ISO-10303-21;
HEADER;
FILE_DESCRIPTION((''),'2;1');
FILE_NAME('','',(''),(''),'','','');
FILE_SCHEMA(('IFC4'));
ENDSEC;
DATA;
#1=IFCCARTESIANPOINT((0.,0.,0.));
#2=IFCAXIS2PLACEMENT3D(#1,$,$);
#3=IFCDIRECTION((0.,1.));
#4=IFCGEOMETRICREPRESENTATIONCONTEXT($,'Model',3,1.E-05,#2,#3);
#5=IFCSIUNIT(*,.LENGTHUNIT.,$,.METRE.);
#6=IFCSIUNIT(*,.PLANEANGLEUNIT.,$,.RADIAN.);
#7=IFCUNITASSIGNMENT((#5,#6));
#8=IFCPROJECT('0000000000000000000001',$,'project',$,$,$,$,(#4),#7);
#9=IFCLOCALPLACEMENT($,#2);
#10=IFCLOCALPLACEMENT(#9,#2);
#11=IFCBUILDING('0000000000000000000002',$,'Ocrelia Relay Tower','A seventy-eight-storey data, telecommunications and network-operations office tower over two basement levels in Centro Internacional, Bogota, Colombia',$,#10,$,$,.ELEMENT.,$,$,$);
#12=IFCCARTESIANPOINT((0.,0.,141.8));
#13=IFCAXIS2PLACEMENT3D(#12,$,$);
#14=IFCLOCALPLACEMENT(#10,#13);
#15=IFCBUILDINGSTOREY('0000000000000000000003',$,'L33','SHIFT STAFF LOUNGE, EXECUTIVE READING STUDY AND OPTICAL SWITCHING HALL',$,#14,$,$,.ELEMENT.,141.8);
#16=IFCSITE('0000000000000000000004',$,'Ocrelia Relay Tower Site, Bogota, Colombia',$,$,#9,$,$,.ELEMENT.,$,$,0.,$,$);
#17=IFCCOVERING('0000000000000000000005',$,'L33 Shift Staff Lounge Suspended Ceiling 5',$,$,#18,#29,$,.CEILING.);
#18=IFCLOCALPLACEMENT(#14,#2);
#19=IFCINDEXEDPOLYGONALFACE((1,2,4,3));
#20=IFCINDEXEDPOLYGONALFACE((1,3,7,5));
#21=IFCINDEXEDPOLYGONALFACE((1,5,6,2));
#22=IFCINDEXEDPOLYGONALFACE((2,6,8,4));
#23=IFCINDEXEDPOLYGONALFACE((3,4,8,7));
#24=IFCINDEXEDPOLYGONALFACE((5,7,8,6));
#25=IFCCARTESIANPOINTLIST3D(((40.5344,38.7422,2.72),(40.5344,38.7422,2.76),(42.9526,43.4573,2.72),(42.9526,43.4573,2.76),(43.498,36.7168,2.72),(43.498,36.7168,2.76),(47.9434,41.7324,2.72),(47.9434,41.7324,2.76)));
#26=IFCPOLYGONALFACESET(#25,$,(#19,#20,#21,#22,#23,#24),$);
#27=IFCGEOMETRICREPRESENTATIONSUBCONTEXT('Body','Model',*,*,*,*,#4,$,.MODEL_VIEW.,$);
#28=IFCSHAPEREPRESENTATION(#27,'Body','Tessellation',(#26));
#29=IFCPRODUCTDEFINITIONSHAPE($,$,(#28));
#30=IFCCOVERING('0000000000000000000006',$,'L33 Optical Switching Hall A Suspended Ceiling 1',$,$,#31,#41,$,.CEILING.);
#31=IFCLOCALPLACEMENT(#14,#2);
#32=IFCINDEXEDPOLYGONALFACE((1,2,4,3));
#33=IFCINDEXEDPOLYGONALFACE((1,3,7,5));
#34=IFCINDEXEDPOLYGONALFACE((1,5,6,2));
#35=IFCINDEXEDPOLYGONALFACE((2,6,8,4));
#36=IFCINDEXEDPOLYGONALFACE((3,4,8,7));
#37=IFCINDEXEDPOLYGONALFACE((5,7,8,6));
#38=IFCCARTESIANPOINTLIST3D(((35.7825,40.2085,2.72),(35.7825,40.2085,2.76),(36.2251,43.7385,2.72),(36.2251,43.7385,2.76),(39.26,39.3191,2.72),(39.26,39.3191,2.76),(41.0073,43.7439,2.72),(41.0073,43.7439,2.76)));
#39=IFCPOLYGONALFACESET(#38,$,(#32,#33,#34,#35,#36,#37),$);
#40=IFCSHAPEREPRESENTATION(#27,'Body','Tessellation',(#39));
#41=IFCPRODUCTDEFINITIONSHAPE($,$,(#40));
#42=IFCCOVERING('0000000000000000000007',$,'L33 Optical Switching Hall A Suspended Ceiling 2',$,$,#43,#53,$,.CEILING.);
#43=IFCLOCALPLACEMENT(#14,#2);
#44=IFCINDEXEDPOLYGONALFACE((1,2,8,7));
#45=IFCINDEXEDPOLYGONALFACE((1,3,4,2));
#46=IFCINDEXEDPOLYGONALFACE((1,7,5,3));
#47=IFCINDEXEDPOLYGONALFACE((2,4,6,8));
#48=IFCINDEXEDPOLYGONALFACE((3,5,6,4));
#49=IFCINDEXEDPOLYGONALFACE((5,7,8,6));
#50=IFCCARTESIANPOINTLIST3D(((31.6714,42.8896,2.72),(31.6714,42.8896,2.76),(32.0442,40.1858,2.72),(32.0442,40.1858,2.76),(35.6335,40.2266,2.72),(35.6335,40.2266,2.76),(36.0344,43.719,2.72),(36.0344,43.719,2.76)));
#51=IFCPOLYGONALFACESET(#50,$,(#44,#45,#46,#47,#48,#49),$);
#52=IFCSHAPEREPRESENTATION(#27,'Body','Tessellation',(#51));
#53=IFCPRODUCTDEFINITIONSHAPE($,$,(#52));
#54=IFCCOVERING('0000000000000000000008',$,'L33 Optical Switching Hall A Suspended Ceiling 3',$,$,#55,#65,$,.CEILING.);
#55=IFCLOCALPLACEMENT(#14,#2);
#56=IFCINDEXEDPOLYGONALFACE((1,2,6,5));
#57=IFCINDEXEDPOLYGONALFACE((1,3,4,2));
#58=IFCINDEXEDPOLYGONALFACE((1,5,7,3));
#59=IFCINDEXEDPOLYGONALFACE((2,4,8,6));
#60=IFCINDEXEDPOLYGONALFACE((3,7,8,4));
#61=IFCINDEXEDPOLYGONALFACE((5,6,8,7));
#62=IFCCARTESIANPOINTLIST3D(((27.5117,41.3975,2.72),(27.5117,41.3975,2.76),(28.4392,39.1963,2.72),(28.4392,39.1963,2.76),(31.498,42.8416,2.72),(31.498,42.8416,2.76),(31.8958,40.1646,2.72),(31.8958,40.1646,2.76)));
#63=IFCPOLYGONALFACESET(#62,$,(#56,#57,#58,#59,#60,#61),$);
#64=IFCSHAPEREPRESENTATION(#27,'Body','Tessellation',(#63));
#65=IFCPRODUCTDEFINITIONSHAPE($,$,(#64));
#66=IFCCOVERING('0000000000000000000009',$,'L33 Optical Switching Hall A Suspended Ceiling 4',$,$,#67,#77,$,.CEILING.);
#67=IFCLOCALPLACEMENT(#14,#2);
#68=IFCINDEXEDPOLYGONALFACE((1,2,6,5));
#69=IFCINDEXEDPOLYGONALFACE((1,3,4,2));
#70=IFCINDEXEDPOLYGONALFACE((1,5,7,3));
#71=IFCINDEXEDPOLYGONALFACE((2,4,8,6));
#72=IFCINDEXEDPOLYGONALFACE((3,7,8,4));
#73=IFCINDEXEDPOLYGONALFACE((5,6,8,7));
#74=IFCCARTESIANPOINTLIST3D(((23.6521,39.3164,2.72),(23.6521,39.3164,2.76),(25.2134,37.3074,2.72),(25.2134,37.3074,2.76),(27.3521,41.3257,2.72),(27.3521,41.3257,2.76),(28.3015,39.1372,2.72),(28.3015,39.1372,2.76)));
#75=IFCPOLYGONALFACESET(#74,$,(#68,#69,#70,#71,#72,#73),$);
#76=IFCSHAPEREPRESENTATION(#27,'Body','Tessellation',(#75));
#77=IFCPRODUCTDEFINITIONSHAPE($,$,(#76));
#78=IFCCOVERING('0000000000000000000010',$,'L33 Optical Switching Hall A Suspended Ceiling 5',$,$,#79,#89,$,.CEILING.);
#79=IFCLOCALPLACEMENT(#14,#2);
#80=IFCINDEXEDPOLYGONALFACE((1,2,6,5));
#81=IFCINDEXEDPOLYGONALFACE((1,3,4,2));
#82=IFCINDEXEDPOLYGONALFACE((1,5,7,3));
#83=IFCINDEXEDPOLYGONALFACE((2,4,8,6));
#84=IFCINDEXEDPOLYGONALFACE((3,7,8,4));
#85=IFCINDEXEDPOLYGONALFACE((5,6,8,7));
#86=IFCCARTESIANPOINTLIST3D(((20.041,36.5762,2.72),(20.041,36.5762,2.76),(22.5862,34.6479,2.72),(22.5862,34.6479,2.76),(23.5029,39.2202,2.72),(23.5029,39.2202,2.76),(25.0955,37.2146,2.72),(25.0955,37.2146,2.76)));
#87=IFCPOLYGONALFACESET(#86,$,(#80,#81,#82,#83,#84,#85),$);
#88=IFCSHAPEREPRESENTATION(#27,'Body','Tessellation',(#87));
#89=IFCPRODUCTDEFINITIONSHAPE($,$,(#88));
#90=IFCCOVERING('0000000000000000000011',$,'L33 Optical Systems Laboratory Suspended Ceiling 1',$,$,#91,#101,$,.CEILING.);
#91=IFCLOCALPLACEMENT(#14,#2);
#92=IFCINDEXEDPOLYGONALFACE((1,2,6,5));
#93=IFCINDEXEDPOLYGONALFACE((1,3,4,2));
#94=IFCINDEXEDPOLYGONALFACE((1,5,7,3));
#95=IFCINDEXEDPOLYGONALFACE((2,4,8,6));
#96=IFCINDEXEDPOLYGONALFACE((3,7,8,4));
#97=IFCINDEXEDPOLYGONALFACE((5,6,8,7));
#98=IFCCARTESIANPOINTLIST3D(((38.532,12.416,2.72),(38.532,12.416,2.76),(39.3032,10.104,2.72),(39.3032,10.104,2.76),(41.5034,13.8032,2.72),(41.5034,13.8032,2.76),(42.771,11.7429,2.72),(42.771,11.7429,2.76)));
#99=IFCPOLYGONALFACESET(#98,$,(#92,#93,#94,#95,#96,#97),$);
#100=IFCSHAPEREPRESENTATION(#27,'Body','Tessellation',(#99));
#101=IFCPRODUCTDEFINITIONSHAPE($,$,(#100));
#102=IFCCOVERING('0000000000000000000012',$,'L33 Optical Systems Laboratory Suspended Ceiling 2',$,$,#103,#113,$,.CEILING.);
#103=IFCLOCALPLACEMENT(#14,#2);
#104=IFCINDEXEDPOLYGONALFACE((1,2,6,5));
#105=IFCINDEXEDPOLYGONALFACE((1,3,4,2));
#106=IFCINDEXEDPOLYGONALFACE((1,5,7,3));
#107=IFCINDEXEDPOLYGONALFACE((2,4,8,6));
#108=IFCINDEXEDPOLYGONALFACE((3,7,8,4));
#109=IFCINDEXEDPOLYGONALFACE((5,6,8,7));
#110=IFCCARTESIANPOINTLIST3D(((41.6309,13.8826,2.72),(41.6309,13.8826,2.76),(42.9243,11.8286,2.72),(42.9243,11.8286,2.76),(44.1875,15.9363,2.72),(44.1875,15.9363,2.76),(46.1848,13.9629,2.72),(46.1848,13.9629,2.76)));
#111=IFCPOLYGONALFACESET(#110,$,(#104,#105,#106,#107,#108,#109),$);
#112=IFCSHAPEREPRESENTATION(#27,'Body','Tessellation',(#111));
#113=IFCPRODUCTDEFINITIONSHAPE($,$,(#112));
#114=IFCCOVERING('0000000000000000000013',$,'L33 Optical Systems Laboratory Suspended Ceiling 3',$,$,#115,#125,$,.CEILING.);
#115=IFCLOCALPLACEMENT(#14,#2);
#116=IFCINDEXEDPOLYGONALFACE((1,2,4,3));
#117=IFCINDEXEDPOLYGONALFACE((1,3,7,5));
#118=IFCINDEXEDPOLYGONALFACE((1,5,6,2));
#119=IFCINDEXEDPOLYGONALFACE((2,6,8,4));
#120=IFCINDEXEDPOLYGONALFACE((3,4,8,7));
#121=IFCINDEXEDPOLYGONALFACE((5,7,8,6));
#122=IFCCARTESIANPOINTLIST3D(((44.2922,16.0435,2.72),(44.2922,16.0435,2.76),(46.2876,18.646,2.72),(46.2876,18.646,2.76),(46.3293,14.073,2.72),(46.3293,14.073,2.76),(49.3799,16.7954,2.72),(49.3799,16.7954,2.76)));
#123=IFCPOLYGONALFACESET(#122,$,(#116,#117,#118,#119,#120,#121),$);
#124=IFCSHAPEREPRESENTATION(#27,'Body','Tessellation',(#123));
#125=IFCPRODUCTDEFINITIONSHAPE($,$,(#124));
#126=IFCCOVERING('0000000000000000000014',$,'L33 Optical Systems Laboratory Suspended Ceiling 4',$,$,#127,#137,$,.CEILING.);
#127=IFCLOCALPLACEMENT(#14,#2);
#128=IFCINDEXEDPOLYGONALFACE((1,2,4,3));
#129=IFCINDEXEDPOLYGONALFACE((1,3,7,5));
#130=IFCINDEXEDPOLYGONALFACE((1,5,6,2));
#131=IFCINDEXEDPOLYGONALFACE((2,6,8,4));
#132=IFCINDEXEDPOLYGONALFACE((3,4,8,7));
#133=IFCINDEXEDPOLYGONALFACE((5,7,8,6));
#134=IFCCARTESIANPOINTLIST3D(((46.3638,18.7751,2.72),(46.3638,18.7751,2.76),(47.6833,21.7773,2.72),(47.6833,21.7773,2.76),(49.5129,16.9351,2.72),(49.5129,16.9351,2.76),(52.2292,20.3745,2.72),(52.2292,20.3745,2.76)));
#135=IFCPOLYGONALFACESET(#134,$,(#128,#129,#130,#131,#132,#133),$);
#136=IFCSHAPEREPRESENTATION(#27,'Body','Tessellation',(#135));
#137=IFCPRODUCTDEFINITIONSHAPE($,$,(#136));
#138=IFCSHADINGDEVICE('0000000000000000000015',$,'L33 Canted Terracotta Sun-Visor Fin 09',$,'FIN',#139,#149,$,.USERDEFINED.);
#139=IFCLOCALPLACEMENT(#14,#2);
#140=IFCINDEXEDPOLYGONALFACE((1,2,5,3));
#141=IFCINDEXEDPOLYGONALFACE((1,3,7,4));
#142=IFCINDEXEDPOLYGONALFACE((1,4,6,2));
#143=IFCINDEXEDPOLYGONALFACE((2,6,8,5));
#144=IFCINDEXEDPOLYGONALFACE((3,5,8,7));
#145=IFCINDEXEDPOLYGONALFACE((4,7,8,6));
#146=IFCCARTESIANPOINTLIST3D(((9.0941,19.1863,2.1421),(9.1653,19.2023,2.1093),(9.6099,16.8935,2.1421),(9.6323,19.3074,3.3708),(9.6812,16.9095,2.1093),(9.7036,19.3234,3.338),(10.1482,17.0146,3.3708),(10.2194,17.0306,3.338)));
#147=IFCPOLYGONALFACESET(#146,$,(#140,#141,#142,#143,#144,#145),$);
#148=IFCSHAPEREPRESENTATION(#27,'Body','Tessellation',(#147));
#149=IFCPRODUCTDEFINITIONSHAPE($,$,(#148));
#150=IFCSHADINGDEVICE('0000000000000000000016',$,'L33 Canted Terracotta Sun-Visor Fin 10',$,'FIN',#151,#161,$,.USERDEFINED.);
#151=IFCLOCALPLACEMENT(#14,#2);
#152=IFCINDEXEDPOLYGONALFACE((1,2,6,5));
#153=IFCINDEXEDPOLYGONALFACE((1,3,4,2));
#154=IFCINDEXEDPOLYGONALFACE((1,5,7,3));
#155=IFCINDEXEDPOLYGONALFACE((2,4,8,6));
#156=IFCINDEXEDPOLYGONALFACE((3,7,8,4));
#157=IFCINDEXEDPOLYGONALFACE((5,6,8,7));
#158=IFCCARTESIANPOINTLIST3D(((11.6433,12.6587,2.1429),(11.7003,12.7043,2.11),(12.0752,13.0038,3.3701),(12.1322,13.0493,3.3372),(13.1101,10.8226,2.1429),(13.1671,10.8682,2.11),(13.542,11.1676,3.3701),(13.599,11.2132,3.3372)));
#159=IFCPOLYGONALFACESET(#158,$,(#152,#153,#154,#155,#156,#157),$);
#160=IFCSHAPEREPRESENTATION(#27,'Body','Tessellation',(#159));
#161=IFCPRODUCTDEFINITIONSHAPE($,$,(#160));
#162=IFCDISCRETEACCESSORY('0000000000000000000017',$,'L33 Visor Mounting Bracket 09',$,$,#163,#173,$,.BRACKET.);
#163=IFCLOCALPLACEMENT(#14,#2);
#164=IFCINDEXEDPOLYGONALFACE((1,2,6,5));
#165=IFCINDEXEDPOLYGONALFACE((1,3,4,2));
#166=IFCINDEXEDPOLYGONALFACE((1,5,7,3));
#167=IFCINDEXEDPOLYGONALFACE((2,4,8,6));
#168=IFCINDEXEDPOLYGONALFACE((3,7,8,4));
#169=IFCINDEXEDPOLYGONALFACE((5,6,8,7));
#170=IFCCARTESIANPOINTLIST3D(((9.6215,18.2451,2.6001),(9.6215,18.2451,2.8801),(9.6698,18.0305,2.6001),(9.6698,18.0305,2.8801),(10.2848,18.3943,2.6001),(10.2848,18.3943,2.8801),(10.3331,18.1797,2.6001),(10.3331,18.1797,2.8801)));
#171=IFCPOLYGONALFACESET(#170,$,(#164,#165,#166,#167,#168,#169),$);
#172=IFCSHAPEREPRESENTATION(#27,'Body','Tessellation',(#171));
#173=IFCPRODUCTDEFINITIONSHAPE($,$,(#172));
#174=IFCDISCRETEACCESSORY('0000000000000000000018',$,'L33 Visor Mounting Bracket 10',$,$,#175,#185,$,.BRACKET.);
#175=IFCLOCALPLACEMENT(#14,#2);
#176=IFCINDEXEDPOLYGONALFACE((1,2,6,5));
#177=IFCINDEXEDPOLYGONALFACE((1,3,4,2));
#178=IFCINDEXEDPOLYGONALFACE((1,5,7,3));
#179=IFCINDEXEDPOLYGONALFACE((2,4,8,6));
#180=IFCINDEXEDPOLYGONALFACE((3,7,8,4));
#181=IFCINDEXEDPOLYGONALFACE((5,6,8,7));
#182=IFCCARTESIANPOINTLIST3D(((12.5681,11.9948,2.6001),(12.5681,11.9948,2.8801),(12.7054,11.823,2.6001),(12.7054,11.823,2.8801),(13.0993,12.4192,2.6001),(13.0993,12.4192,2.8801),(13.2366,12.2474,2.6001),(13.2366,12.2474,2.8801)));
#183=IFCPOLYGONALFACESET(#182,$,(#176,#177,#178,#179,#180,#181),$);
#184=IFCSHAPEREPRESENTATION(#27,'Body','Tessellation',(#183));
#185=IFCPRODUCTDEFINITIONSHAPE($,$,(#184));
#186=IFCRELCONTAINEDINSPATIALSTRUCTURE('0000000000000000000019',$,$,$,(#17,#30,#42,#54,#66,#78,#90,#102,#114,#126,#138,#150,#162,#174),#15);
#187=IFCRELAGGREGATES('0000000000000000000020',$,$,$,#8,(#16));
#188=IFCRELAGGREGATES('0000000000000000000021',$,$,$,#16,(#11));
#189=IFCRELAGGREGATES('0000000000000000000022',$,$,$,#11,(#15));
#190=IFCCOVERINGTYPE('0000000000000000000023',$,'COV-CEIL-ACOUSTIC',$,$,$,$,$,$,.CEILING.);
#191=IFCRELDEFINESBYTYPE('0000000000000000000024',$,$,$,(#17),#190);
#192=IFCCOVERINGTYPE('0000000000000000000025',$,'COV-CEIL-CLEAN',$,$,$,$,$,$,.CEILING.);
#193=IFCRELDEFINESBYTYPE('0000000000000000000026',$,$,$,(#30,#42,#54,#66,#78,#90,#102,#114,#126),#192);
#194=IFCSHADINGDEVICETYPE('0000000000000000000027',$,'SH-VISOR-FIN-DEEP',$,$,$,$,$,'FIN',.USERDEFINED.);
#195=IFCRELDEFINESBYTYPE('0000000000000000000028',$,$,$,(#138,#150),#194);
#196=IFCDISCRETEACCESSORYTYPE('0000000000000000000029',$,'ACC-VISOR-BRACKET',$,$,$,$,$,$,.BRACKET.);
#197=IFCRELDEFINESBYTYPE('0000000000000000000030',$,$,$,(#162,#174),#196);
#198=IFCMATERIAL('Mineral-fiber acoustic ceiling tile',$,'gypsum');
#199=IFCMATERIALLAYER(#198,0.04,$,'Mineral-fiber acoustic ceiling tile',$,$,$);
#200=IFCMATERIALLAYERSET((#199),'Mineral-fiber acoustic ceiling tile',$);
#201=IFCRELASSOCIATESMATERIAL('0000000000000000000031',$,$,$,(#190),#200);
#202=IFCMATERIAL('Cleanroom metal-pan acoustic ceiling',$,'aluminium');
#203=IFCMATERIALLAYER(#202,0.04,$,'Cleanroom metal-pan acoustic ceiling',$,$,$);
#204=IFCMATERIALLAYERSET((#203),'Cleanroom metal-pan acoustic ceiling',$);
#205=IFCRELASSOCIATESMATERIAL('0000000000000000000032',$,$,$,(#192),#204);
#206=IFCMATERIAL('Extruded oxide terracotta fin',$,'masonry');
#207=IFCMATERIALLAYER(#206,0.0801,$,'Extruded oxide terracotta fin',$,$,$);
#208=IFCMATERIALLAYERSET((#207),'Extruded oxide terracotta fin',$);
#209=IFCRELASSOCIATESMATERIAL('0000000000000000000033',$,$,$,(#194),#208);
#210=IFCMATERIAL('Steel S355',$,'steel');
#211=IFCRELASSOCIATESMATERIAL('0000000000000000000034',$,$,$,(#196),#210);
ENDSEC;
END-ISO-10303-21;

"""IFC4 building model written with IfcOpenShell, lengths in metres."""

from ifc_helpers import new_model, si_unit, direction, frame, origin, origin_2d, place, context, subcontext, project, spatial, polyline, rectangle, outline, extrude, material, layer, layer_set, type_object, element, save


model = new_model("IFC4")

# Units and contexts
model_context = context("Model", 3, precision=1e-05, world=origin(), true_north=direction((0.0, 1.0)))
body_context = subcontext(model_context, "Body", "Model", "MODEL_VIEW")
ifc_project = project(units=[si_unit("LENGTHUNIT", "METRE"), si_unit("PLANEANGLEUNIT", "RADIAN")], contexts=[model_context])

# Site, building, storey
site_placement = place(None, origin())
site = spatial("IfcSite", under=ifc_project, at=site_placement, Name="Ocrelia Relay Tower Site, Bogota, Colombia", CompositionType="ELEMENT", RefElevation=0.0)
building_placement = place(site_placement, origin())
building = spatial("IfcBuilding", under=site, at=building_placement, Name="Ocrelia Relay Tower", Description="A seventy-eight-storey data, telecommunications and network-operations office tower over two basement levels in Centro Internacional, Bogota, Colombia", CompositionType="ELEMENT")
storey_placement = place(building_placement, frame((0.0, 0.0, 141.8)))
storey = spatial("IfcBuildingStorey", under=building, at=storey_placement, Name="L33", Description="SHIFT STAFF LOUNGE, EXECUTIVE READING STUDY AND OPTICAL SWITCHING HALL", CompositionType="ELEMENT", Elevation=141.8)

# Coverings
ifc_material_1 = material(Name="Mineral-fiber acoustic ceiling tile", Category="gypsum")
ifc_layer_1 = layer(ifc_material_1, 0.04, Name="Mineral-fiber acoustic ceiling tile")
ifc_layer_set_1 = layer_set([ifc_layer_1], Name="Mineral-fiber acoustic ceiling tile")
covering_type_1 = type_object("IfcCoveringType", Name="COV-CEIL-ACOUSTIC", PredefinedType="CEILING", material=ifc_layer_set_1)
covering_1_placement = place(storey_placement, frame((0.0, 0.0, 2.72)))
element("IfcCovering", 1, at=covering_1_placement, inside=storey, type_object=covering_type_1, Name="L33 Shift Staff Lounge Suspended Ceiling 5", PredefinedType="CEILING", context=body_context, shape_type="SweptSolid", body=[
    extrude(outline(polyline([(43.498, 36.7168), (47.9434, 41.7324), (42.9526, 43.4573), (40.5344, 38.7422), (43.498, 36.7168)])), origin(), (0.0, 0.0, 1.0), 0.04),
])
ifc_material_2 = material(Name="Cleanroom metal-pan acoustic ceiling", Category="aluminium")
ifc_layer_2 = layer(ifc_material_2, 0.04, Name="Cleanroom metal-pan acoustic ceiling")
ifc_layer_set_2 = layer_set([ifc_layer_2], Name="Cleanroom metal-pan acoustic ceiling")
covering_type_2 = type_object("IfcCoveringType", Name="COV-CEIL-CLEAN", PredefinedType="CEILING", material=ifc_layer_set_2)
covering_2_placement = place(storey_placement, frame((0.0, 0.0, 2.72)))
element("IfcCovering", 2, at=covering_2_placement, inside=storey, type_object=covering_type_2, Name="L33 Optical Switching Hall A Suspended Ceiling 1", PredefinedType="CEILING", context=body_context, shape_type="SweptSolid", body=[
    extrude(outline(polyline([(39.26, 39.3191), (41.0073, 43.7439), (36.2251, 43.7385), (35.7825, 40.2085), (39.26, 39.3191)])), origin(), (0.0, 0.0, 1.0), 0.04),
])
covering_3_placement = place(storey_placement, frame((0.0, 0.0, 2.72)))
element("IfcCovering", 3, at=covering_3_placement, inside=storey, type_object=covering_type_2, Name="L33 Optical Switching Hall A Suspended Ceiling 2", PredefinedType="CEILING", context=body_context, shape_type="SweptSolid", body=[
    extrude(outline(polyline([(35.6335, 40.2266), (36.0344, 43.719), (31.6714, 42.8896), (32.0442, 40.1858), (35.6335, 40.2266)])), origin(), (0.0, 0.0, 1.0), 0.04),
])
covering_4_placement = place(storey_placement, frame((0.0, 0.0, 2.72)))
element("IfcCovering", 4, at=covering_4_placement, inside=storey, type_object=covering_type_2, Name="L33 Optical Switching Hall A Suspended Ceiling 3", PredefinedType="CEILING", context=body_context, shape_type="SweptSolid", body=[
    extrude(outline(polyline([(31.8958, 40.1646), (31.498, 42.8416), (27.5117, 41.3975), (28.4392, 39.1963), (31.8958, 40.1646)])), origin(), (0.0, 0.0, 1.0), 0.04),
])
covering_5_placement = place(storey_placement, frame((0.0, 0.0, 2.72)))
element("IfcCovering", 5, at=covering_5_placement, inside=storey, type_object=covering_type_2, Name="L33 Optical Switching Hall A Suspended Ceiling 4", PredefinedType="CEILING", context=body_context, shape_type="SweptSolid", body=[
    extrude(outline(polyline([(28.3015, 39.1372), (27.3521, 41.3257), (23.6521, 39.3164), (25.2134, 37.3074), (28.3015, 39.1372)])), origin(), (0.0, 0.0, 1.0), 0.04),
])
covering_6_placement = place(storey_placement, frame((0.0, 0.0, 2.72)))
element("IfcCovering", 6, at=covering_6_placement, inside=storey, type_object=covering_type_2, Name="L33 Optical Switching Hall A Suspended Ceiling 5", PredefinedType="CEILING", context=body_context, shape_type="SweptSolid", body=[
    extrude(outline(polyline([(25.0955, 37.2146), (23.5029, 39.2202), (20.041, 36.5762), (22.5862, 34.6479), (25.0955, 37.2146)])), origin(), (0.0, 0.0, 1.0), 0.04),
])
covering_7_placement = place(storey_placement, frame((0.0, 0.0, 2.72)))
element("IfcCovering", 7, at=covering_7_placement, inside=storey, type_object=covering_type_2, Name="L33 Optical Systems Laboratory Suspended Ceiling 1", PredefinedType="CEILING", context=body_context, shape_type="SweptSolid", body=[
    extrude(outline(polyline([(38.532, 12.416), (39.3032, 10.104), (42.771, 11.7429), (41.5034, 13.8032), (38.532, 12.416)])), origin(), (0.0, 0.0, 1.0), 0.04),
])
covering_8_placement = place(storey_placement, frame((0.0, 0.0, 2.72)))
element("IfcCovering", 8, at=covering_8_placement, inside=storey, type_object=covering_type_2, Name="L33 Optical Systems Laboratory Suspended Ceiling 2", PredefinedType="CEILING", context=body_context, shape_type="SweptSolid", body=[
    extrude(outline(polyline([(41.6309, 13.8826), (42.9243, 11.8286), (46.1848, 13.9629), (44.1875, 15.9363), (41.6309, 13.8826)])), origin(), (0.0, 0.0, 1.0), 0.04),
])
covering_9_placement = place(storey_placement, frame((0.0, 0.0, 2.72)))
element("IfcCovering", 9, at=covering_9_placement, inside=storey, type_object=covering_type_2, Name="L33 Optical Systems Laboratory Suspended Ceiling 3", PredefinedType="CEILING", context=body_context, shape_type="SweptSolid", body=[
    extrude(outline(polyline([(44.2922, 16.0435), (46.3293, 14.073), (49.3799, 16.7954), (46.2876, 18.646), (44.2922, 16.0435)])), origin(), (0.0, 0.0, 1.0), 0.04),
])
covering_10_placement = place(storey_placement, frame((0.0, 0.0, 2.72)))
element("IfcCovering", 10, at=covering_10_placement, inside=storey, type_object=covering_type_2, Name="L33 Optical Systems Laboratory Suspended Ceiling 4", PredefinedType="CEILING", context=body_context, shape_type="SweptSolid", body=[
    extrude(outline(polyline([(46.3638, 18.7751), (49.5129, 16.9351), (52.2292, 20.3745), (47.6833, 21.7773), (46.3638, 18.7751)])), origin(), (0.0, 0.0, 1.0), 0.04),
])

# Shading devices
ifc_material_3 = material(Name="Extruded oxide terracotta fin", Category="masonry")
ifc_layer_3 = layer(ifc_material_3, 0.0801, Name="Extruded oxide terracotta fin")
ifc_layer_set_3 = layer_set([ifc_layer_3], Name="Extruded oxide terracotta fin")
shading_device_type = type_object("IfcShadingDeviceType", Name="SH-VISOR-FIN-DEEP", ElementType="FIN", PredefinedType="USERDEFINED", material=ifc_layer_set_3)
shading_device_1_placement = place(storey_placement, frame((9.6924, 18.1165, 2.7236), z_axis=(-0.890014, -0.200248, 0.409605), x_axis=(0.219506, -0.975611, 0.0)))
element("IfcShadingDevice", 11, at=shading_device_1_placement, inside=storey, type_object=shading_device_type, Name="L33 Canted Terracotta Sun-Visor Fin 09", ObjectType="FIN", PredefinedType="USERDEFINED", context=body_context, shape_type="SweptSolid", body=[
    extrude(rectangle(XDim=2.3501, YDim=1.3469, at=origin_2d()), origin(), (0.0, 0.0, 1.0), 0.0801),
])
shading_device_2_placement = place(storey_placement, frame((12.6497, 11.9587, 2.7236), z_axis=(-0.712365, -0.569075, 0.410719), x_axis=(0.624149, -0.781305, 0.0)))
element("IfcShadingDevice", 12, at=shading_device_2_placement, inside=storey, type_object=shading_device_type, Name="L33 Canted Terracotta Sun-Visor Fin 10", ObjectType="FIN", PredefinedType="USERDEFINED", context=body_context, shape_type="SweptSolid", body=[
    extrude(rectangle(XDim=2.3501, YDim=1.3459, at=origin_2d()), origin(), (0.0, 0.0, 1.0), 0.0801),
])

# Discrete accessories
ifc_material_4 = material(Name="Steel S355", Category="steel")
discrete_accessory_type = type_object("IfcDiscreteAccessoryType", Name="ACC-VISOR-BRACKET", PredefinedType="BRACKET", material=ifc_material_4)
for number, where, z_axis, x_axis, name in (
    (13, (9.9773, 18.2124, 2.6001), (0.0, 0.0, 1.0), (0.219506, -0.975611, 0.0), "L33 Visor Mounting Bracket 09"),
    (14, (12.9023, 12.1211, 2.6001), (0.0, 0.0, 1.0), (0.624149, -0.781305, 0.0), "L33 Visor Mounting Bracket 10"),
):
    element("IfcDiscreteAccessory", number, at=place(storey_placement, frame(where, z_axis=z_axis, x_axis=x_axis)), inside=storey, type_object=discrete_accessory_type, Name=name, PredefinedType="BRACKET", context=body_context, shape_type="SweptSolid", body=[
        extrude(rectangle(XDim=0.22, YDim=0.6799, at=origin_2d()), origin(), (0.0, 0.0, 1.0), 0.28),
    ])

save(model, "model.ifc")
